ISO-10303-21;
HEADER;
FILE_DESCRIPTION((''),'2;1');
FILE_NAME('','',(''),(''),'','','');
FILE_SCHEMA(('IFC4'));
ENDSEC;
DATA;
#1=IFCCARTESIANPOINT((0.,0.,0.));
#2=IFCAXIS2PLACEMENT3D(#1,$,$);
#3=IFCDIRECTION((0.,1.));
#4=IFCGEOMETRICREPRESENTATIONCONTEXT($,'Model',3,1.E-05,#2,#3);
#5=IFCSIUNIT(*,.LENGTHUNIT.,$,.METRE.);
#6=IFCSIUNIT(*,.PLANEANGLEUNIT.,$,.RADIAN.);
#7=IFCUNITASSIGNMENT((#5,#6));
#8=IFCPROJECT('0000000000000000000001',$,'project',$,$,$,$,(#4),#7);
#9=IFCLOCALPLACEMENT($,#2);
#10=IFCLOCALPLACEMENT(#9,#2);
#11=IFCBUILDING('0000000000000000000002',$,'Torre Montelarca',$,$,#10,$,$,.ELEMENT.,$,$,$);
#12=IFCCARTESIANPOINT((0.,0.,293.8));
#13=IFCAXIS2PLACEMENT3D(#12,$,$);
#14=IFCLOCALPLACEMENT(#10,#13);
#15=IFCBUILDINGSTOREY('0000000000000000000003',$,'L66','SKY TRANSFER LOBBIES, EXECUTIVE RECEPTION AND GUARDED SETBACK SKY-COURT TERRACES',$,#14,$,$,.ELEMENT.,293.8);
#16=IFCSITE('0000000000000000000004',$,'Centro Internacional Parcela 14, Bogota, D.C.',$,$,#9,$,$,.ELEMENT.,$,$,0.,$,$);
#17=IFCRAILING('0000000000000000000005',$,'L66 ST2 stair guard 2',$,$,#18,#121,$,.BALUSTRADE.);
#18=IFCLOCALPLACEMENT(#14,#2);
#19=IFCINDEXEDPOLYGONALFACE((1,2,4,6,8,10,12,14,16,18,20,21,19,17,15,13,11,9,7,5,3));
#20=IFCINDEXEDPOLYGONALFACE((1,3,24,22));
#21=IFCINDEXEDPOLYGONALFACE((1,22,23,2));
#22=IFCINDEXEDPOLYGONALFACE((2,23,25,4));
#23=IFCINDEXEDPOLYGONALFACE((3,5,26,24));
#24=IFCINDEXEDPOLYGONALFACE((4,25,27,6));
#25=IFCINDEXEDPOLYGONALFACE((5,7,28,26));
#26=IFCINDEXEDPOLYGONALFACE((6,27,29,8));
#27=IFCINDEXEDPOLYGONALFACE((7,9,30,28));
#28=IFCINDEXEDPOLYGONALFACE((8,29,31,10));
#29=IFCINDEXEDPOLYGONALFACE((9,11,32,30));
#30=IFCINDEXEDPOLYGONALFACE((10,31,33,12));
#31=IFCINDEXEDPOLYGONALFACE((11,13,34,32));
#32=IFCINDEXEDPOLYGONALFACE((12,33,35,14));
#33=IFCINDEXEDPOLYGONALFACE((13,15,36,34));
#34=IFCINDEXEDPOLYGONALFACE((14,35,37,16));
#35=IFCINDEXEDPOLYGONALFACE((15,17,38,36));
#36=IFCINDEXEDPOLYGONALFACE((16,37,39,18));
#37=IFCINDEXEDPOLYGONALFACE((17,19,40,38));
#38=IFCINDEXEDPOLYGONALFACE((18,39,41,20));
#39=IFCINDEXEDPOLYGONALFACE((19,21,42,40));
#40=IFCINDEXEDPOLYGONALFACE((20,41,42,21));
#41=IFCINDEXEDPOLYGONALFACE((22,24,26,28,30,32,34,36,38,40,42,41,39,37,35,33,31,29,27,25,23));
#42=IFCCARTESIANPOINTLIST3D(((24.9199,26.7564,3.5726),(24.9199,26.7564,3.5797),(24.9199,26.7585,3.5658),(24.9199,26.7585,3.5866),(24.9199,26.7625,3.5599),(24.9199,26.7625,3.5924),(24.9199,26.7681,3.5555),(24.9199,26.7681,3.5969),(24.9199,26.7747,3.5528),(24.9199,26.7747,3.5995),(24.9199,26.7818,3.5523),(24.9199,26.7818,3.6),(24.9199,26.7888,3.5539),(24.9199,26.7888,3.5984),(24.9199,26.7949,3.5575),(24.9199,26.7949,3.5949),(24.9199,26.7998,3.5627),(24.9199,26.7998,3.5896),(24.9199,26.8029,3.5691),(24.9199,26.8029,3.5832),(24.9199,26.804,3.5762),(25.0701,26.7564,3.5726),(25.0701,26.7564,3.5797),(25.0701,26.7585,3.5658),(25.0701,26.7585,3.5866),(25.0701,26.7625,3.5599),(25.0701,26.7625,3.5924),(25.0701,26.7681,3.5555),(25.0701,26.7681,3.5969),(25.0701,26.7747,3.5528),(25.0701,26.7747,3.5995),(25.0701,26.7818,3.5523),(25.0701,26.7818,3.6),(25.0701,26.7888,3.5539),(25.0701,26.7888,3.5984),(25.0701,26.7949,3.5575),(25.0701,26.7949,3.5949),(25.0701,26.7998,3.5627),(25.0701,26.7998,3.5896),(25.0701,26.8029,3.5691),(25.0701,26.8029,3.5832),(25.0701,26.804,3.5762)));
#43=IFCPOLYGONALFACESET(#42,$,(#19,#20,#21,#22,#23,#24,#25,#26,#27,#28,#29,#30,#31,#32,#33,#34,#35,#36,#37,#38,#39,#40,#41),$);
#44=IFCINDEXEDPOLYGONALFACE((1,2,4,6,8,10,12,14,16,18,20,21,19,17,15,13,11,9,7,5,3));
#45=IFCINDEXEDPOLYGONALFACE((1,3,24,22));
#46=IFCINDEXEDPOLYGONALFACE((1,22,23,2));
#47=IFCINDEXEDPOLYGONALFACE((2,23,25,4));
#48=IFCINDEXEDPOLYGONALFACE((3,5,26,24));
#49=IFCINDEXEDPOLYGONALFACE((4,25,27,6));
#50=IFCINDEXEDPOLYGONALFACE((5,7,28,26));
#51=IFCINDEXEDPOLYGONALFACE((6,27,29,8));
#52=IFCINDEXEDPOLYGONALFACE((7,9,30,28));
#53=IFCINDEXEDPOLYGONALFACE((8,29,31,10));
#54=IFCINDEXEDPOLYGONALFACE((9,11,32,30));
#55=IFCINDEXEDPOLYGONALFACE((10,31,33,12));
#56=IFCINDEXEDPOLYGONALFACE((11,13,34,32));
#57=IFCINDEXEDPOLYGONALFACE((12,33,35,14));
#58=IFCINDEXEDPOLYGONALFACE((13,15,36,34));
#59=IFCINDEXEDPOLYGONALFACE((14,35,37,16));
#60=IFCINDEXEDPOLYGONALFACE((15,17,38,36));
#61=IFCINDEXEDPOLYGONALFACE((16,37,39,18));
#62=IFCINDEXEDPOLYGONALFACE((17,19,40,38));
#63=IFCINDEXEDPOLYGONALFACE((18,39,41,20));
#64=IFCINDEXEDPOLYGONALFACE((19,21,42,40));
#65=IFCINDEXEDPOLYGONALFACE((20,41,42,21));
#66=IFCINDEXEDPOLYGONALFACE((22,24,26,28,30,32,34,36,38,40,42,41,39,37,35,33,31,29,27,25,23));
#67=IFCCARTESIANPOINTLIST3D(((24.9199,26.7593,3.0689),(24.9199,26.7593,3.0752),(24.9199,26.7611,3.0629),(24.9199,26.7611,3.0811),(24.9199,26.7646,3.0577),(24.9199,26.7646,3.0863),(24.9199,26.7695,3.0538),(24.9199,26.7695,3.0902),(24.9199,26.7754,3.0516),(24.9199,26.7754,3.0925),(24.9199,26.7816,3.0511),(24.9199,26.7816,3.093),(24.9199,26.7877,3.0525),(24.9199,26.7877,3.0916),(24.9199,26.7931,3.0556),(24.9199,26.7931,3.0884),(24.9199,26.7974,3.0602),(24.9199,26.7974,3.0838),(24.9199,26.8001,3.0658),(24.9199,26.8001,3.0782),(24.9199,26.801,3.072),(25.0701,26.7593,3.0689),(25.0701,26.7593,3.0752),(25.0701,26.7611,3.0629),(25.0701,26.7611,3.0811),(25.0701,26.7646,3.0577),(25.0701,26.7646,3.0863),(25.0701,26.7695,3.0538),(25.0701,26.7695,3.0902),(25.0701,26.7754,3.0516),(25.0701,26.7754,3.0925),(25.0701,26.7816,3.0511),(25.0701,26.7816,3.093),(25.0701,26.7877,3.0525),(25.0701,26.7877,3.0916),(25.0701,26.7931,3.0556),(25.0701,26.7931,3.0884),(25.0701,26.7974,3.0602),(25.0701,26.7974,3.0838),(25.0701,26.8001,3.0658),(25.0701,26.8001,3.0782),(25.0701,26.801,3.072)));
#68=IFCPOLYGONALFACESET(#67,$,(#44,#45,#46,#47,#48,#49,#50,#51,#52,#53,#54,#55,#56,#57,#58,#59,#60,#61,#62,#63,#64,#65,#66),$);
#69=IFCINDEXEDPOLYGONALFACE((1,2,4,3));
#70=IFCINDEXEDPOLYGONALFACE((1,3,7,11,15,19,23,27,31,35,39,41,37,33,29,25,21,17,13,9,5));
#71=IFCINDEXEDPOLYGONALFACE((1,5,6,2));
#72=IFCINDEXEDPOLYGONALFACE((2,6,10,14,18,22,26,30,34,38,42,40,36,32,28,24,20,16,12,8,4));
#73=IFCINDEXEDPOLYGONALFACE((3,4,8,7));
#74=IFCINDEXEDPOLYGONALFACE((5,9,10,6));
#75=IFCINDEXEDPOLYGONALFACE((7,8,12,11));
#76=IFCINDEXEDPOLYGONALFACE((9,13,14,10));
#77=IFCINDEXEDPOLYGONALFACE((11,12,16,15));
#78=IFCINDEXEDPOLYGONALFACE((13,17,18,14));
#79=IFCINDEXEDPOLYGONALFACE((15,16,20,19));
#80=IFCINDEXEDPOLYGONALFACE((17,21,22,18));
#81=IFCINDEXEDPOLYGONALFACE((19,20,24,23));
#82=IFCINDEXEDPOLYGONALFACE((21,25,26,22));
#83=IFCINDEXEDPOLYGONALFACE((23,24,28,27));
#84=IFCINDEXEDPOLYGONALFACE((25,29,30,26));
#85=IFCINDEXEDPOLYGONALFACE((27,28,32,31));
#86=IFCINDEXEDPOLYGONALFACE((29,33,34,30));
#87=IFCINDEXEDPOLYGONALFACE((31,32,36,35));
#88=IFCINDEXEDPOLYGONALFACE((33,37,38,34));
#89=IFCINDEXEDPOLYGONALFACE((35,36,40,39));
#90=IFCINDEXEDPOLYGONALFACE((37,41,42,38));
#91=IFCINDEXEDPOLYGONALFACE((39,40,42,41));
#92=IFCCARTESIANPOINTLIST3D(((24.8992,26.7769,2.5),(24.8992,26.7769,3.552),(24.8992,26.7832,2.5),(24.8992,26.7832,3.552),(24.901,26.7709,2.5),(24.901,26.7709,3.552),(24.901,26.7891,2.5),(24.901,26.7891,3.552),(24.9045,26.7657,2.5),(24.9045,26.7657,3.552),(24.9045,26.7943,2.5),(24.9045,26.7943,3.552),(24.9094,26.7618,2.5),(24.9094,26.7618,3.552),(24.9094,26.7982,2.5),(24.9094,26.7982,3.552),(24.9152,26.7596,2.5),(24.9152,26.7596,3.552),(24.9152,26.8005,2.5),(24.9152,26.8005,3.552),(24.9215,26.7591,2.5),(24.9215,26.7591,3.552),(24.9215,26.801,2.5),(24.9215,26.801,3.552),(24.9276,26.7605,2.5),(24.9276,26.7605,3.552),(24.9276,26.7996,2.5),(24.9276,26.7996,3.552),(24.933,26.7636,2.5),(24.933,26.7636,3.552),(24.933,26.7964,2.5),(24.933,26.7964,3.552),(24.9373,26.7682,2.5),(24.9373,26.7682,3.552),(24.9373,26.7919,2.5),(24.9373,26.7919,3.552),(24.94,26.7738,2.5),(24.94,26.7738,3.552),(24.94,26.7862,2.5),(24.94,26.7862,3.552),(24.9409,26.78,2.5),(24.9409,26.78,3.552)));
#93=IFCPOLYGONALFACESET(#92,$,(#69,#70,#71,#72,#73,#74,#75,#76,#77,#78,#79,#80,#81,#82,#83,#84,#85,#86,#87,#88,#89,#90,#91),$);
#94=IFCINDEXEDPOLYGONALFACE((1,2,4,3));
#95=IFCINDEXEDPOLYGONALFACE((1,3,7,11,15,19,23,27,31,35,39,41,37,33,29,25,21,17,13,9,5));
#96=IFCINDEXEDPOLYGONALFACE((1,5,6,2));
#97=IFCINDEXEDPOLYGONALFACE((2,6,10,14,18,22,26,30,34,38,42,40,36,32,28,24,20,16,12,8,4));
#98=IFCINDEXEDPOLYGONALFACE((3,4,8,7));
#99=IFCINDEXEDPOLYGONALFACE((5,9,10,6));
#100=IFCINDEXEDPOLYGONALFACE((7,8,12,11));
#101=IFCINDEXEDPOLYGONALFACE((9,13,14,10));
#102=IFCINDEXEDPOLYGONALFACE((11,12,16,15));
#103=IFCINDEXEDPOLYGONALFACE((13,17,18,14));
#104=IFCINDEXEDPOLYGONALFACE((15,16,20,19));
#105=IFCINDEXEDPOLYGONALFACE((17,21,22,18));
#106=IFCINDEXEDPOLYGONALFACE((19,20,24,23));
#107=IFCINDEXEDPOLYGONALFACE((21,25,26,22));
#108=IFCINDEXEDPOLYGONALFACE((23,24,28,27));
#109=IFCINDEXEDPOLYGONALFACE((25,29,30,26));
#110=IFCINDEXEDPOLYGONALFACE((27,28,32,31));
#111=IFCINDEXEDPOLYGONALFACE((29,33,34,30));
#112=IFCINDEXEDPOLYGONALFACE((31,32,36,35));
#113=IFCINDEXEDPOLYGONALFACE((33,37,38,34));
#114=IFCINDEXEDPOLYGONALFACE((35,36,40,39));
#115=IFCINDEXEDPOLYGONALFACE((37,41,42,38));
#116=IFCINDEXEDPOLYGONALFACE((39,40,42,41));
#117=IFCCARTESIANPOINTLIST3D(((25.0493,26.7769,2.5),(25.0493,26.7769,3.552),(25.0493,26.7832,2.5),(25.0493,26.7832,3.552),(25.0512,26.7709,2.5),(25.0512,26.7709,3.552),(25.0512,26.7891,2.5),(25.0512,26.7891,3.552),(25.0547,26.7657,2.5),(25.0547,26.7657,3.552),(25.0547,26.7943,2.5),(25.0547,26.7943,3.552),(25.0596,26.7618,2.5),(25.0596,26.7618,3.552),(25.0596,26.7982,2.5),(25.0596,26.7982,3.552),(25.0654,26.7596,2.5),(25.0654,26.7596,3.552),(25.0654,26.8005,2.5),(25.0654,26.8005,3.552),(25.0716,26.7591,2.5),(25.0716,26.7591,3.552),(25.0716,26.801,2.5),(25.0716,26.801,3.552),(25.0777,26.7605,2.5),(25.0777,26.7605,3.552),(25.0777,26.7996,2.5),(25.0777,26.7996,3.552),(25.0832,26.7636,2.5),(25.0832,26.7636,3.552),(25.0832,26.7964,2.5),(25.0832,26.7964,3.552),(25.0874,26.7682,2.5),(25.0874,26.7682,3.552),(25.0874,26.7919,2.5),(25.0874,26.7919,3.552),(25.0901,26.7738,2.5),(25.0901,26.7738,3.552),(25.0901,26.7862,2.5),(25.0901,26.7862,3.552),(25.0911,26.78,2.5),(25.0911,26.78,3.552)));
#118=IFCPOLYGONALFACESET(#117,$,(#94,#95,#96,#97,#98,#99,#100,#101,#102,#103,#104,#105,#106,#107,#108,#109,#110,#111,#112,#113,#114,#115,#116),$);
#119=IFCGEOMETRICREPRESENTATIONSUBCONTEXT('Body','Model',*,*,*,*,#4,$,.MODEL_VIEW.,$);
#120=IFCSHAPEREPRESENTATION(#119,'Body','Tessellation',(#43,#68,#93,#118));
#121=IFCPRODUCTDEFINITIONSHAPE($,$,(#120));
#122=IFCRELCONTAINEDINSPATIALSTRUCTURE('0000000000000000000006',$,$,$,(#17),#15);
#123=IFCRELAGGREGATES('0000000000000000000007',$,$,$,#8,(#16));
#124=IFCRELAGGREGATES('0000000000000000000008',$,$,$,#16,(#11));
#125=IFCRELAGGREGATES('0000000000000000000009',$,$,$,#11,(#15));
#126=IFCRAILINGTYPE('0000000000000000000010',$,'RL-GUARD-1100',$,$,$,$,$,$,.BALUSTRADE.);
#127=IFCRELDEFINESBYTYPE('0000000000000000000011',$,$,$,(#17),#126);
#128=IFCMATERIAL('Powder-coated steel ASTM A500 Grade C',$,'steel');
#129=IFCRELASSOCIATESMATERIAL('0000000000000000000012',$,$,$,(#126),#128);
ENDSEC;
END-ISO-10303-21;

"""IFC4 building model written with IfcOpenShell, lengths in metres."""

from ifc_helpers import new_model, si_unit, direction, frame, origin, origin_2d, place, context, subcontext, project, spatial, circle, extrude, material, type_object, element, save


model = new_model("IFC4")

# Units and contexts
model_context = context("Model", 3, precision=1e-05, world=origin(), true_north=direction((0.0, 1.0)))
body_context = subcontext(model_context, "Body", "Model", "MODEL_VIEW")
ifc_project = project(units=[si_unit("LENGTHUNIT", "METRE"), si_unit("PLANEANGLEUNIT", "RADIAN")], contexts=[model_context])

# Site, building, storey
site_placement = place(None, origin())
site = spatial("IfcSite", under=ifc_project, at=site_placement, Name="Centro Internacional Parcela 14, Bogota, D.C.", CompositionType="ELEMENT", RefElevation=0.0)
building_placement = place(site_placement, origin())
building = spatial("IfcBuilding", under=site, at=building_placement, Name="Torre Montelarca", CompositionType="ELEMENT")
storey_placement = place(building_placement, frame((0.0, 0.0, 293.8)))
storey = spatial("IfcBuildingStorey", under=building, at=storey_placement, Name="L66", Description="SKY TRANSFER LOBBIES, EXECUTIVE RECEPTION AND GUARDED SETBACK SKY-COURT TERRACES", CompositionType="ELEMENT", Elevation=293.8)

# Railing
ifc_material_1 = material(Name="Powder-coated steel ASTM A500 Grade C", Category="steel")
railing_type_1 = type_object("IfcRailingType", Name="RL-GUARD-1100", PredefinedType="BALUSTRADE", material=ifc_material_1)
railing_1_placement = place(storey_placement, frame((24.9199, 26.78, 2.5)))
element("IfcRailing", 1, at=railing_1_placement, inside=storey, type_object=railing_type_1, Name="L66 ST2 stair guard 2", PredefinedType="BALUSTRADE", context=body_context, shape_type="SweptSolid", body=[
    extrude(circle(Radius=0.0239, at=origin_2d()), frame((0.0, 0.0, 1.0762), z_axis=(1.0, 0.0, 0.0), x_axis=(0.0, 1.0, 0.0)), (0.0, 0.0, 1.0), 0.1501),
    extrude(circle(Radius=0.021, at=origin_2d()), frame((0.0, 0.0, 0.572), z_axis=(1.0, 0.0, 0.0), x_axis=(0.0, 1.0, 0.0)), (0.0, 0.0, 1.0), 0.1501),
    extrude(circle(Radius=0.021, at=origin_2d()), origin(), (0.0, 0.0, 1.0), 1.052),
    extrude(circle(Radius=0.021, at=origin_2d()), frame((0.1501, 0.0, 0.0)), (0.0, 0.0, 1.0), 1.052),
])

save(model, "model.ifc")
